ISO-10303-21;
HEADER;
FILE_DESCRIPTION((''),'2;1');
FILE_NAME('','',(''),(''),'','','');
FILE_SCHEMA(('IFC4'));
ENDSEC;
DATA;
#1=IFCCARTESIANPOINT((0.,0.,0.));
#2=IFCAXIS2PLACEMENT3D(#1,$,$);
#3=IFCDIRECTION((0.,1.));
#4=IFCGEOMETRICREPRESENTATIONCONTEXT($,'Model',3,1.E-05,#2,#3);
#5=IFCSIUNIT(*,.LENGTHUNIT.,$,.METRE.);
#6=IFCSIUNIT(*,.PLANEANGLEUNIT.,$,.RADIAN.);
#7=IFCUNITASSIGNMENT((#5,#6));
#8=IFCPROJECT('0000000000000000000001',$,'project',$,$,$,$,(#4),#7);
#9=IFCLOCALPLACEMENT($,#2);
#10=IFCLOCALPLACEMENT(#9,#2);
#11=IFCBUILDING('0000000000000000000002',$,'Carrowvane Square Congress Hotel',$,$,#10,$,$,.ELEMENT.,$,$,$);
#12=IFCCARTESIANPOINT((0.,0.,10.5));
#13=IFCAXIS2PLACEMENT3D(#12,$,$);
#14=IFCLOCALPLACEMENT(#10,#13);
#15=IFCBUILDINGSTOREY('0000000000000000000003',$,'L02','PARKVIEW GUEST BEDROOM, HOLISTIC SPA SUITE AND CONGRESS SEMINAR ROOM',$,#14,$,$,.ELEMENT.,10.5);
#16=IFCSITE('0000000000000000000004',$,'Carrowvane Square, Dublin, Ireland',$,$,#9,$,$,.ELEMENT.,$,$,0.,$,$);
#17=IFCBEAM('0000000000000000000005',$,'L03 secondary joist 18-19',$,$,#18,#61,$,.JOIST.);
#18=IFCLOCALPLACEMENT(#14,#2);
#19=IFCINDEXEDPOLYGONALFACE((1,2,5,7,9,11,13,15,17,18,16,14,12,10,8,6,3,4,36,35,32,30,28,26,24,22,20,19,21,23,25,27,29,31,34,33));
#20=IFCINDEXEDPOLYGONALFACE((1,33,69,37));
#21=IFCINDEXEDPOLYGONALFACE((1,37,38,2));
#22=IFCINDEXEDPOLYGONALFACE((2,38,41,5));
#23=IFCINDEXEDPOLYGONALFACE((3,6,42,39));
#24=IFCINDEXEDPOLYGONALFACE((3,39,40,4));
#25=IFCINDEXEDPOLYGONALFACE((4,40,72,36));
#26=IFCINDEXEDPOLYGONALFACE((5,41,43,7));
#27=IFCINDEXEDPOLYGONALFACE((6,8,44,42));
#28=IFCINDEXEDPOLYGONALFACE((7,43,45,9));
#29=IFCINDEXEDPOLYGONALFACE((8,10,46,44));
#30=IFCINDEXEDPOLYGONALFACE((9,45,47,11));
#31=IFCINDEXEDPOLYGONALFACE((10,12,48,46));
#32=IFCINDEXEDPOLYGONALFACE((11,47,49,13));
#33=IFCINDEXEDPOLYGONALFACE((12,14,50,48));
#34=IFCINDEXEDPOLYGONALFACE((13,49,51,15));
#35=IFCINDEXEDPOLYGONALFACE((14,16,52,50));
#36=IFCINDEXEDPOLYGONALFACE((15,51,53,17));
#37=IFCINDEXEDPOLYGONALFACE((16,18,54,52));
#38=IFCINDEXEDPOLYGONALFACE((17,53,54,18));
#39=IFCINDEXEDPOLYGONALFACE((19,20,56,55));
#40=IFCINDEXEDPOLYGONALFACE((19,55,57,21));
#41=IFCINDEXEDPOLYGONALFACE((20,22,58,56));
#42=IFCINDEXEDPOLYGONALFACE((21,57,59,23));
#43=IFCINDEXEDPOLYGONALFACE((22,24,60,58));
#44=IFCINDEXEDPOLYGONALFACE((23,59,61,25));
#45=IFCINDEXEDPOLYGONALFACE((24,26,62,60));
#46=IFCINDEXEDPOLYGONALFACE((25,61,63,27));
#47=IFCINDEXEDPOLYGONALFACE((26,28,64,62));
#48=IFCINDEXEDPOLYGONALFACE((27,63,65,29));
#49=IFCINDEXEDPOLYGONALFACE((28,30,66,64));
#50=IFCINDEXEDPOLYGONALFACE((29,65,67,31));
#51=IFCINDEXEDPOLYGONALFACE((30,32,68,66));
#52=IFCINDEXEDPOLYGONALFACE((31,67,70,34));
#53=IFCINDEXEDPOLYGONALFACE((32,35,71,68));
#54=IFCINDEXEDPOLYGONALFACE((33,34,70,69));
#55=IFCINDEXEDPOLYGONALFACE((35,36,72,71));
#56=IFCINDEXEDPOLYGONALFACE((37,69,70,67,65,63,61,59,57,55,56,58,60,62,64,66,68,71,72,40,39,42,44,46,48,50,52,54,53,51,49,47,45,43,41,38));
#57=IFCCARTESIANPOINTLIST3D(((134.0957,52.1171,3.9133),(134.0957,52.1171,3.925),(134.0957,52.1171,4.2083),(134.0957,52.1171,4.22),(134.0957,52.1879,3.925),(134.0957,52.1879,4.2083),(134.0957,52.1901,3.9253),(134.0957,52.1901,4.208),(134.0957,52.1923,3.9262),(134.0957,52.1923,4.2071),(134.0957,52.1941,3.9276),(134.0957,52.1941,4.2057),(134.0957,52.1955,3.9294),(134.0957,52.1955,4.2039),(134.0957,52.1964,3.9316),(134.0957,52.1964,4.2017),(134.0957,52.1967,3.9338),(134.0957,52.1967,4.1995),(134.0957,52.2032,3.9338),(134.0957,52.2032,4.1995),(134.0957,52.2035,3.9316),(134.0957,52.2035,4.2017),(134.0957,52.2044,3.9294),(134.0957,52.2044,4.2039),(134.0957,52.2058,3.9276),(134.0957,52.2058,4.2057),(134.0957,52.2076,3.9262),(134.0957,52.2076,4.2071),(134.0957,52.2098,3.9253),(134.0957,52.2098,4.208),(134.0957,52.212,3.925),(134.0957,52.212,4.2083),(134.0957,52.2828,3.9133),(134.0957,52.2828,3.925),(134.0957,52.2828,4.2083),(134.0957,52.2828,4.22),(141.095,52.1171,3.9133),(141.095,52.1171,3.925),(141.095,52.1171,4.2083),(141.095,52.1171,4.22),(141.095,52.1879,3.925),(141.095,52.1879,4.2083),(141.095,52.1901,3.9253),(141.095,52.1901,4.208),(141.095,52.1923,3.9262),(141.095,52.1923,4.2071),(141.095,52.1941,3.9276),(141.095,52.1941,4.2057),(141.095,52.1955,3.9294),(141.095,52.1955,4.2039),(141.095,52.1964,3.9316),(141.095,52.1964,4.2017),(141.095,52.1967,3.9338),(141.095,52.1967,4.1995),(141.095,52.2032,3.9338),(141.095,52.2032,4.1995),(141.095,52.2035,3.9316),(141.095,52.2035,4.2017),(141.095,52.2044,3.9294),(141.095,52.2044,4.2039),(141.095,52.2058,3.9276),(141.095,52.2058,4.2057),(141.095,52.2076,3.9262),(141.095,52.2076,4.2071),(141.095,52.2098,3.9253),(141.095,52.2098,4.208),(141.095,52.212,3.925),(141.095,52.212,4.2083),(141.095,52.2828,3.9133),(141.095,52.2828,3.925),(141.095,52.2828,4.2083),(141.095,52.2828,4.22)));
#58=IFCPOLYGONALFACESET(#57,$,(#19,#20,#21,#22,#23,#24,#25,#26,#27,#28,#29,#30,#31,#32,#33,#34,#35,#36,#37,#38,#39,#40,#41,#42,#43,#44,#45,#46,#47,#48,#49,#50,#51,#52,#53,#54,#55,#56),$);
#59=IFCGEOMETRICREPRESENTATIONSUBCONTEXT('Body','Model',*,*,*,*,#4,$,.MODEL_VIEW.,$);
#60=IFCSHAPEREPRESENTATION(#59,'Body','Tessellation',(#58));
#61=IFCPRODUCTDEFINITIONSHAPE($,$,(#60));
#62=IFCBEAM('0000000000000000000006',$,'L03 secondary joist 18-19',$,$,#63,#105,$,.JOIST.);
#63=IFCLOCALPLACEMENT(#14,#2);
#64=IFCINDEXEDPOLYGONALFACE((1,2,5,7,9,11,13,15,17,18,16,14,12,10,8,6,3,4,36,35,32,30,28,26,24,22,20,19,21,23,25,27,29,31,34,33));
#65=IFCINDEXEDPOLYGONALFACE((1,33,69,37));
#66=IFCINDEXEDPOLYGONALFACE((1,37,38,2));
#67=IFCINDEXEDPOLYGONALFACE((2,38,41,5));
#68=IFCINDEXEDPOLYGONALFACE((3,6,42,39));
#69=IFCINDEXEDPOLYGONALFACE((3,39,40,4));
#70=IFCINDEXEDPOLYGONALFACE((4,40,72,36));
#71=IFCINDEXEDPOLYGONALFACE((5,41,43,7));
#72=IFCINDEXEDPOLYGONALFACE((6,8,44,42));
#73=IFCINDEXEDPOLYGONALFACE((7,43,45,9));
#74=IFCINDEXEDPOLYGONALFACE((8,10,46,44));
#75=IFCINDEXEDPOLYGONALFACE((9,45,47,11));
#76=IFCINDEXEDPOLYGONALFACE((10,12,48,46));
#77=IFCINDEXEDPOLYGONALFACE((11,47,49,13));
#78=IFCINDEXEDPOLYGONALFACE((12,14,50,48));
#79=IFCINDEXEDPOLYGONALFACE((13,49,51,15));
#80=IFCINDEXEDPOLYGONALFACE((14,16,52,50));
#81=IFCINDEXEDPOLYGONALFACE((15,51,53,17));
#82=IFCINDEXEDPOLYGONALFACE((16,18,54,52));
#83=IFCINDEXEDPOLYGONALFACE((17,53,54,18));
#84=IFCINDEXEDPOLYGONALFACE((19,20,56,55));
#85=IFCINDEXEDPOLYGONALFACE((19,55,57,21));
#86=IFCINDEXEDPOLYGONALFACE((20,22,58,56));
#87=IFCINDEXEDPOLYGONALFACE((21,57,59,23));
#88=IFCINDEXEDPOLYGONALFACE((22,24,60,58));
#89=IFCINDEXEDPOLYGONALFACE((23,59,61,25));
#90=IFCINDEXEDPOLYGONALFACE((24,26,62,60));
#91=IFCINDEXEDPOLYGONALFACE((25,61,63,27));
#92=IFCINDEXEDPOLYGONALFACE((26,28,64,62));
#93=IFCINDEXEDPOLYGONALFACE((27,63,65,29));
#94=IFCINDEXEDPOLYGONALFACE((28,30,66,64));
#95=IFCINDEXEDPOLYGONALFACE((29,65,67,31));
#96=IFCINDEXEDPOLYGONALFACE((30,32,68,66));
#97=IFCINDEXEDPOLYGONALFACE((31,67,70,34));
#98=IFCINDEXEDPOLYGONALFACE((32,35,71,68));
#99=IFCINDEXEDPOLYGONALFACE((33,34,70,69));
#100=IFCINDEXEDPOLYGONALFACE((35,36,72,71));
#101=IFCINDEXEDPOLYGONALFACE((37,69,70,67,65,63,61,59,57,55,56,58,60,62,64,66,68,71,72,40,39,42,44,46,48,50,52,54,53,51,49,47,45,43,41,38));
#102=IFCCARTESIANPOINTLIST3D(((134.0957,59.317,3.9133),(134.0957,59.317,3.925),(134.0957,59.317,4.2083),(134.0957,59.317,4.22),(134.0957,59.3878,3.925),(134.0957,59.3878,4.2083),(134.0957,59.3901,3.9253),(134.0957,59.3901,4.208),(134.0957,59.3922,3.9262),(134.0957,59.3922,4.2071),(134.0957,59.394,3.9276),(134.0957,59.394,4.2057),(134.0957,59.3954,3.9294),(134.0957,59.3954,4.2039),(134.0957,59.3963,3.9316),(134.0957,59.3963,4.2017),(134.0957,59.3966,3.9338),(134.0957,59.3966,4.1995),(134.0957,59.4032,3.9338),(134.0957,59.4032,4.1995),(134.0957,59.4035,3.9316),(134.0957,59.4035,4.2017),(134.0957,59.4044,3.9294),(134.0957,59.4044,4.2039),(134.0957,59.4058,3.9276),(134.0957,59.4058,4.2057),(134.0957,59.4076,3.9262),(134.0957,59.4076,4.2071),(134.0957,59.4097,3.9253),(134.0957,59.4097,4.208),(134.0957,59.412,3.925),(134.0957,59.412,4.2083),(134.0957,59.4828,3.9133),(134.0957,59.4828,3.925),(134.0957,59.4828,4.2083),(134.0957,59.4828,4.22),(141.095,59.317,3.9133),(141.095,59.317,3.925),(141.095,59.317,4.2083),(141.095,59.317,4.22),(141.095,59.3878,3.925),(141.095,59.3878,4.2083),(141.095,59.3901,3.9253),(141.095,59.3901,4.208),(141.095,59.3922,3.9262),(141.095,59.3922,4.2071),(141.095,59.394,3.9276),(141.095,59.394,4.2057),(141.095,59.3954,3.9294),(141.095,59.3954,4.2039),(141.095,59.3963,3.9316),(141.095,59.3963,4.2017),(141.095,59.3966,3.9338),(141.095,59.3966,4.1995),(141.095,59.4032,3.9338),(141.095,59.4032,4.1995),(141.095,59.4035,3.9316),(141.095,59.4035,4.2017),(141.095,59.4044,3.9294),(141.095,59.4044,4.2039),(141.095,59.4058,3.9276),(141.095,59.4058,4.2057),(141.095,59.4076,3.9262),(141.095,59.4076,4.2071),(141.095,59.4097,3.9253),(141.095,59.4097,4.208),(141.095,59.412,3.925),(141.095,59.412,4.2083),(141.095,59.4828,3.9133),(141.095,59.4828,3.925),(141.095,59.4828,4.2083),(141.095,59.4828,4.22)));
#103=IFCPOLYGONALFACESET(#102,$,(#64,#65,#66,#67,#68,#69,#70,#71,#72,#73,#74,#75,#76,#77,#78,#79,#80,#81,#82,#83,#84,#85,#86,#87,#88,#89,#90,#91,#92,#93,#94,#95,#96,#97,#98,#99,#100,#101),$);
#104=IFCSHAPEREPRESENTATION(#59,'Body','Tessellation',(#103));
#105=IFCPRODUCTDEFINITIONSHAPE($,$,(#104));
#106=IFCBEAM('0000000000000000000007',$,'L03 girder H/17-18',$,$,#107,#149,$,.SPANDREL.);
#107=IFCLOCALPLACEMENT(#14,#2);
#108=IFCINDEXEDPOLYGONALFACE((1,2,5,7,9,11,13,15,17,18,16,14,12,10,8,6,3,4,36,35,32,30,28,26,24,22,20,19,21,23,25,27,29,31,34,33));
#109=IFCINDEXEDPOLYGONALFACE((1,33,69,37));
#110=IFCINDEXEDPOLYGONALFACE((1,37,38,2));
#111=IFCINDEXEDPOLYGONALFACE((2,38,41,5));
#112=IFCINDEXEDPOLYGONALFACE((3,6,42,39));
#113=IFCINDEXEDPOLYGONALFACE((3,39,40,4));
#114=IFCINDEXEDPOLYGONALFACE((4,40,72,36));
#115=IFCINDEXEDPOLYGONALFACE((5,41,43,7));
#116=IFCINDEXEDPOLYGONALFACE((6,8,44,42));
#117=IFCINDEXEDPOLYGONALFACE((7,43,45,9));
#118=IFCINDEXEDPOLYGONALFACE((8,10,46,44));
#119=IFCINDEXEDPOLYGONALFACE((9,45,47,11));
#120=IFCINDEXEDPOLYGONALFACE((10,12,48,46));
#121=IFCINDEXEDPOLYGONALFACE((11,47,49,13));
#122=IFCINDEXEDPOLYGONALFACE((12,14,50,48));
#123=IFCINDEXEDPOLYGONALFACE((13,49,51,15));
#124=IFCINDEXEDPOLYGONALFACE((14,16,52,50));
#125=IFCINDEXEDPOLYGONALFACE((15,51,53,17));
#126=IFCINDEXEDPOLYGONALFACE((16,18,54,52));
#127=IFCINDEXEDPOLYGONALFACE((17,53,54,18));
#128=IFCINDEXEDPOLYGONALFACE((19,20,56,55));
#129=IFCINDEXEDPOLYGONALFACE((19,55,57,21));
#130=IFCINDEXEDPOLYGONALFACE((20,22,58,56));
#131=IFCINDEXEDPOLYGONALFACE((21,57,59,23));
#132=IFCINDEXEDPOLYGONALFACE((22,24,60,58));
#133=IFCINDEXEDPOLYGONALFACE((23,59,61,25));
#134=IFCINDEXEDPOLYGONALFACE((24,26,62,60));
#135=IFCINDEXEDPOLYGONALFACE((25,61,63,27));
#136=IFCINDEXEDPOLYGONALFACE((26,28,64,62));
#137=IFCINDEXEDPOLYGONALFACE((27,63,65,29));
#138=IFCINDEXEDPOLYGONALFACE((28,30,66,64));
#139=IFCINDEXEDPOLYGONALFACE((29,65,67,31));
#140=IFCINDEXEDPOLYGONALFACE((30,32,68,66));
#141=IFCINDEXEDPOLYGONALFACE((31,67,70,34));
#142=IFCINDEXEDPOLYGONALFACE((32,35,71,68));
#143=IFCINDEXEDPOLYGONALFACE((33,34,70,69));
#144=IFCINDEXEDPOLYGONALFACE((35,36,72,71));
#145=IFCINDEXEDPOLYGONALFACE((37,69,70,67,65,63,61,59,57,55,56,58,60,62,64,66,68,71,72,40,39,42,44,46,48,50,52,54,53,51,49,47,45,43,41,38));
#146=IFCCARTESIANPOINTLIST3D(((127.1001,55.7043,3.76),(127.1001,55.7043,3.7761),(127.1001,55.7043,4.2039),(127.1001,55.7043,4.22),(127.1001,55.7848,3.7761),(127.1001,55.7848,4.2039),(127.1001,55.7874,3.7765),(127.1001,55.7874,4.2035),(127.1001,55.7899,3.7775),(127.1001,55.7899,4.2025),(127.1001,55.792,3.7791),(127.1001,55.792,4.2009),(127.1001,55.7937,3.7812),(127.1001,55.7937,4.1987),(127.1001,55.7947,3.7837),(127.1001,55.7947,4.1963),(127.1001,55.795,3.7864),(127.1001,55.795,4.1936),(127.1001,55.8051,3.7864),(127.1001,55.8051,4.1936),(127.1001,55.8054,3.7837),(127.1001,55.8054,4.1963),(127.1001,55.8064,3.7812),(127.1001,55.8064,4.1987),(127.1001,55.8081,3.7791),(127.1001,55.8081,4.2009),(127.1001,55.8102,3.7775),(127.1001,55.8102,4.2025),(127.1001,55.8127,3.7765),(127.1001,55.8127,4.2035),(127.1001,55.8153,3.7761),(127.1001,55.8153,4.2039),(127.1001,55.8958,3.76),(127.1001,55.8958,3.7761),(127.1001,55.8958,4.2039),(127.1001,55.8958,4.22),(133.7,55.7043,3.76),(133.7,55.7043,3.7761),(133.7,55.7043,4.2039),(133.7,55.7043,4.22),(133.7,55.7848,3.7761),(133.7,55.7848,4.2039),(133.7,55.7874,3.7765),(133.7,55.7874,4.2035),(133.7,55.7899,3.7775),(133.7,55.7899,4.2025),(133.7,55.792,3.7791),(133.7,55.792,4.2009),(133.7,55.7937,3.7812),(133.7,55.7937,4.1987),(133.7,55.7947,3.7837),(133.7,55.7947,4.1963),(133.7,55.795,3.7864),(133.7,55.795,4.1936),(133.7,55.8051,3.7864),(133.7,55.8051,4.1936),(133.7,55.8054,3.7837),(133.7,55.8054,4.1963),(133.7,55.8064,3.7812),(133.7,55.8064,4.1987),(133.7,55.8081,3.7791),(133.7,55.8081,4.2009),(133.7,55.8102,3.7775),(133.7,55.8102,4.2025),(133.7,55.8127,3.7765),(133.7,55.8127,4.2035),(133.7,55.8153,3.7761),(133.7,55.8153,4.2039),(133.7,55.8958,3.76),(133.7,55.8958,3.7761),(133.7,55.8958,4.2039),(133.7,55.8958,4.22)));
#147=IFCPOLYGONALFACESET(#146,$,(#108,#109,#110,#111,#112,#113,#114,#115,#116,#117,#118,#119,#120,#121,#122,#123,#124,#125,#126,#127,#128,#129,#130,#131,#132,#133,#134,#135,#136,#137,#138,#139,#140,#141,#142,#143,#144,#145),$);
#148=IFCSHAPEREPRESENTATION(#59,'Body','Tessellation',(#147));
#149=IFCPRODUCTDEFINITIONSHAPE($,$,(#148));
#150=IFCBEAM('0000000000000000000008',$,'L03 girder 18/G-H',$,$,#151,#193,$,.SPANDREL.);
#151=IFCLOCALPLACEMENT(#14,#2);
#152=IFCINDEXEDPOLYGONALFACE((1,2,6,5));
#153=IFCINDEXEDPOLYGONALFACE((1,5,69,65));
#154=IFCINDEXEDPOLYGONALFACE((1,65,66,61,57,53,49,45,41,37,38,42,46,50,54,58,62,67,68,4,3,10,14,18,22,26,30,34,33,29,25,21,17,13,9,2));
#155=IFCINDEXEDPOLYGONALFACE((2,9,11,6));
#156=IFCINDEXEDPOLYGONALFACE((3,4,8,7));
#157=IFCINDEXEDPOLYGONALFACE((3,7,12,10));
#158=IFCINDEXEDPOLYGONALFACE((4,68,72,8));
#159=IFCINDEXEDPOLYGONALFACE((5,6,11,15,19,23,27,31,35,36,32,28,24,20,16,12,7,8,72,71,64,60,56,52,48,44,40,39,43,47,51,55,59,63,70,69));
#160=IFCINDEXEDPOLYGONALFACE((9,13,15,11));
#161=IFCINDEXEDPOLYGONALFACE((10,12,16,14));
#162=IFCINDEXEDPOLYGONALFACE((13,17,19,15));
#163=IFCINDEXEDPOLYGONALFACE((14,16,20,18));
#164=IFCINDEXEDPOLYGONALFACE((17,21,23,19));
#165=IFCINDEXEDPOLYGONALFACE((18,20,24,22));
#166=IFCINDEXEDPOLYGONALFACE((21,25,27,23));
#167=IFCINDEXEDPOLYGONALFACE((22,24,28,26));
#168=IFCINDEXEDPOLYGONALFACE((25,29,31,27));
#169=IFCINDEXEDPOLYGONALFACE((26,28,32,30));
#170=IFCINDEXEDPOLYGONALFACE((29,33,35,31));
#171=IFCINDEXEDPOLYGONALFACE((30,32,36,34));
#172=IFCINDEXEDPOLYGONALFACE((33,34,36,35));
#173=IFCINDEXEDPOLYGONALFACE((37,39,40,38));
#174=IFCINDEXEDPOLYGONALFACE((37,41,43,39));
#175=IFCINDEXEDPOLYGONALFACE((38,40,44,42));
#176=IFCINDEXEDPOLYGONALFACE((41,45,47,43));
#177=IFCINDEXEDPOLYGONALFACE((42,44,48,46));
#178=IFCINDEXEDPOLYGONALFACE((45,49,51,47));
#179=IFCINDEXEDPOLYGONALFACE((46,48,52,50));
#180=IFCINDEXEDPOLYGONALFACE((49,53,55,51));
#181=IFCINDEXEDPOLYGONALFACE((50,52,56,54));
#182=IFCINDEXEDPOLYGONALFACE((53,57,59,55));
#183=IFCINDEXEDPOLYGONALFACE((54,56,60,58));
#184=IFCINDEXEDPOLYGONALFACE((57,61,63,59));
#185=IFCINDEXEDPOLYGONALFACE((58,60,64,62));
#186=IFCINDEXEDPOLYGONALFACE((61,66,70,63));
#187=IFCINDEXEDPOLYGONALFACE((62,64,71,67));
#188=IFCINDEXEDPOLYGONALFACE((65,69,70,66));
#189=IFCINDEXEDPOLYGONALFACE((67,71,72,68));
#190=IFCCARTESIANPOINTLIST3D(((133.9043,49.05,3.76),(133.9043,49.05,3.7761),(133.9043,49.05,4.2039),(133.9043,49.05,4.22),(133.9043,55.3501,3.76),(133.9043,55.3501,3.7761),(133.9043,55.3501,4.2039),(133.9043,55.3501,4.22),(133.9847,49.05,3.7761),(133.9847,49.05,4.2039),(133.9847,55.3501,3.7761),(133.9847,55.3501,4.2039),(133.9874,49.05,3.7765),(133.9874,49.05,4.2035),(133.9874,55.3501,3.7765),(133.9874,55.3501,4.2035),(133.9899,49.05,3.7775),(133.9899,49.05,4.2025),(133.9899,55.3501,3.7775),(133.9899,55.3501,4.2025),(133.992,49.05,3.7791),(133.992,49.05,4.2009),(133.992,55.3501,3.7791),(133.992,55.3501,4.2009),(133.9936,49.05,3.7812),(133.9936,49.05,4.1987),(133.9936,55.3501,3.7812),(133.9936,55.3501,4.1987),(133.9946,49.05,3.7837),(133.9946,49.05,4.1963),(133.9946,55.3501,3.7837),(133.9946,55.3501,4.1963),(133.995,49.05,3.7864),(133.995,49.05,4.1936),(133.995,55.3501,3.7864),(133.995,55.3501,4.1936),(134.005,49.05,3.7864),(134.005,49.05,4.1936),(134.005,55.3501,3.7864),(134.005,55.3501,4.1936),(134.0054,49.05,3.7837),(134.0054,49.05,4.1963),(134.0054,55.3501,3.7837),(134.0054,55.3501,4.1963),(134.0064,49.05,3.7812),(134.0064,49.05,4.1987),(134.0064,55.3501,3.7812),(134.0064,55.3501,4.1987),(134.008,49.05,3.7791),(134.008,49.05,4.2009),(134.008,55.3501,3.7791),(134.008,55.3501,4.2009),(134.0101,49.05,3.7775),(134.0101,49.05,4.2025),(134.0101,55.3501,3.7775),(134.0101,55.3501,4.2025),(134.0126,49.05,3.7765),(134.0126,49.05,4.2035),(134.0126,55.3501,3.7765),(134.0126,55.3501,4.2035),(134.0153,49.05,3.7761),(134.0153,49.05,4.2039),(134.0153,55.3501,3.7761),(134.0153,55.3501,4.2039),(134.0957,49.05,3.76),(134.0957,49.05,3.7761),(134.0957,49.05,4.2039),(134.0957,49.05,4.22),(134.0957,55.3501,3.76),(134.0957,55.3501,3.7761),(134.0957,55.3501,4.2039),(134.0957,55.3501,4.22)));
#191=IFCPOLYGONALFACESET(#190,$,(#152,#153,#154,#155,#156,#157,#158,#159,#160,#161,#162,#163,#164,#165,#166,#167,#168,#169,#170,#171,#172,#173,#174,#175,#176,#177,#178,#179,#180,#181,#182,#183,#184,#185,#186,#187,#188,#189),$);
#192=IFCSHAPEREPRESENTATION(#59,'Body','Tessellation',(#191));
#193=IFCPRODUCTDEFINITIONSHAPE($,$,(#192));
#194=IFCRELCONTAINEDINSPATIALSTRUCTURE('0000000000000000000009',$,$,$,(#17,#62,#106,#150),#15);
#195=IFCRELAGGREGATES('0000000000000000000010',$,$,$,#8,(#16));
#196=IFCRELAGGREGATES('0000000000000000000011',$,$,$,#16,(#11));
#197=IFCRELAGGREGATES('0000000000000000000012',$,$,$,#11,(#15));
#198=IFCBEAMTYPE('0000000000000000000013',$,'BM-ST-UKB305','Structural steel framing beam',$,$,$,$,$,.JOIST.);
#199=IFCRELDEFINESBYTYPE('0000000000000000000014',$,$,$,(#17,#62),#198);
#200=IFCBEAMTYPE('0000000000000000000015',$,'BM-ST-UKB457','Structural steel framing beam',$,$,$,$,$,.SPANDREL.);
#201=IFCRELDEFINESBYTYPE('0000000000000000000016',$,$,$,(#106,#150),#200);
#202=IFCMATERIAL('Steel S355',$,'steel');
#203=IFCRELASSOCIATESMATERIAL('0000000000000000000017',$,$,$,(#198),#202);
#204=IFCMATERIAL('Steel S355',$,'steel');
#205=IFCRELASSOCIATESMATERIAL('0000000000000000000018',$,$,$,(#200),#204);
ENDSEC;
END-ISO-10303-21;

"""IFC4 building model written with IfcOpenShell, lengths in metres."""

from ifc_helpers import new_model, si_unit, direction, frame, origin, origin_2d, place, context, subcontext, project, spatial, i_section, extrude, material, material_profile, profile_set, type_object, element, save


model = new_model("IFC4")

# Units and contexts
model_context = context("Model", 3, precision=1e-05, world=origin(), true_north=direction((0.0, 1.0)))
body_context = subcontext(model_context, "Body", "Model", "MODEL_VIEW")
ifc_project = project(units=[si_unit("LENGTHUNIT", "METRE"), si_unit("PLANEANGLEUNIT", "RADIAN")], contexts=[model_context])

# Site, building, storey
site_placement = place(None, origin())
site = spatial("IfcSite", under=ifc_project, at=site_placement, Name="Carrowvane Square, Dublin, Ireland", CompositionType="ELEMENT", RefElevation=0.0)
building_placement = place(site_placement, origin())
building = spatial("IfcBuilding", under=site, at=building_placement, Name="Carrowvane Square Congress Hotel", CompositionType="ELEMENT")
storey_placement = place(building_placement, frame((0.0, 0.0, 10.5)))
storey = spatial("IfcBuildingStorey", under=building, at=storey_placement, Name="L02", Description="PARKVIEW GUEST BEDROOM, HOLISTIC SPA SUITE AND CONGRESS SEMINAR ROOM", CompositionType="ELEMENT", Elevation=10.5)

# Beams
ifc_material_1 = material(Name="Steel S355", Category="steel")
ifc_material_profile_1 = material_profile(ifc_material_1, i_section(OverallWidth=0.1658, OverallDepth=0.3066, WebThickness=0.0066, FlangeThickness=0.0117, FilletRadius=0.0088, at=origin_2d()), Name="UKB 305x165x46")
ifc_profile_set_1 = profile_set([ifc_material_profile_1], Name="Steel S355")
beam_type_1 = type_object("IfcBeamType", Name="BM-ST-UKB305", Description="Structural steel framing beam", PredefinedType="JOIST", material=ifc_profile_set_1)
for number, where, z_axis, x_axis, name in (
    (1, (134.0957, 52.2, 4.0667), (1.0, 0.0, 0.0), (0.0, 1.0, 0.0), "L03 secondary joist 18-19"),
    (2, (134.0957, 59.3999, 4.0667), (1.0, 0.0, 0.0), (0.0, 1.0, 0.0), "L03 secondary joist 18-19"),
):
    element("IfcBeam", number, at=place(storey_placement, frame(where, z_axis=z_axis, x_axis=x_axis)), inside=storey, type_object=beam_type_1, Name=name, PredefinedType="JOIST", context=body_context, shape_type="SweptSolid", body=[
        extrude(i_section(OverallWidth=0.1658, OverallDepth=0.3066, WebThickness=0.0066, FlangeThickness=0.0117, FilletRadius=0.0088, at=origin_2d()), origin(), (0.0, 0.0, 1.0), 6.9993),
    ])
ifc_material_2 = material(Name="Steel S355", Category="steel")
ifc_material_profile_2 = material_profile(ifc_material_2, i_section(OverallWidth=0.1914, OverallDepth=0.46, WebThickness=0.01, FlangeThickness=0.0161, FilletRadius=0.0103, at=origin_2d()), Name="UKB 457x191x82")
ifc_profile_set_2 = profile_set([ifc_material_profile_2], Name="Steel S355")
beam_type_2 = type_object("IfcBeamType", Name="BM-ST-UKB457", Description="Structural steel framing beam", PredefinedType="SPANDREL", material=ifc_profile_set_2)
beam_1_placement = place(storey_placement, frame((127.1001, 55.8, 3.99), z_axis=(1.0, 0.0, 0.0), x_axis=(0.0, 1.0, 0.0)))
element("IfcBeam", 3, at=beam_1_placement, inside=storey, type_object=beam_type_2, Name="L03 girder H/17-18", PredefinedType="SPANDREL", context=body_context, shape_type="SweptSolid", body=[
    extrude(i_section(OverallWidth=0.1914, OverallDepth=0.46, WebThickness=0.01, FlangeThickness=0.0161, FilletRadius=0.0103, at=origin_2d()), origin(), (0.0, 0.0, 1.0), 6.5999),
])
for number, where, z_axis, x_axis, name in (
    (4, (134.0, 49.05, 3.99), (0.0, 1.0, 0.0), (-1.0, 0.0, 0.0), "L03 girder 18/G-H"),
):
    element("IfcBeam", number, at=place(storey_placement, frame(where, z_axis=z_axis, x_axis=x_axis)), inside=storey, type_object=beam_type_2, Name=name, PredefinedType="SPANDREL", context=body_context, shape_type="SweptSolid", body=[
        extrude(i_section(OverallWidth=0.1914, OverallDepth=0.46, WebThickness=0.01, FlangeThickness=0.0161, FilletRadius=0.0103, at=origin_2d()), origin(), (0.0, 0.0, 1.0), 6.3),
    ])

save(model, "model.ifc")
